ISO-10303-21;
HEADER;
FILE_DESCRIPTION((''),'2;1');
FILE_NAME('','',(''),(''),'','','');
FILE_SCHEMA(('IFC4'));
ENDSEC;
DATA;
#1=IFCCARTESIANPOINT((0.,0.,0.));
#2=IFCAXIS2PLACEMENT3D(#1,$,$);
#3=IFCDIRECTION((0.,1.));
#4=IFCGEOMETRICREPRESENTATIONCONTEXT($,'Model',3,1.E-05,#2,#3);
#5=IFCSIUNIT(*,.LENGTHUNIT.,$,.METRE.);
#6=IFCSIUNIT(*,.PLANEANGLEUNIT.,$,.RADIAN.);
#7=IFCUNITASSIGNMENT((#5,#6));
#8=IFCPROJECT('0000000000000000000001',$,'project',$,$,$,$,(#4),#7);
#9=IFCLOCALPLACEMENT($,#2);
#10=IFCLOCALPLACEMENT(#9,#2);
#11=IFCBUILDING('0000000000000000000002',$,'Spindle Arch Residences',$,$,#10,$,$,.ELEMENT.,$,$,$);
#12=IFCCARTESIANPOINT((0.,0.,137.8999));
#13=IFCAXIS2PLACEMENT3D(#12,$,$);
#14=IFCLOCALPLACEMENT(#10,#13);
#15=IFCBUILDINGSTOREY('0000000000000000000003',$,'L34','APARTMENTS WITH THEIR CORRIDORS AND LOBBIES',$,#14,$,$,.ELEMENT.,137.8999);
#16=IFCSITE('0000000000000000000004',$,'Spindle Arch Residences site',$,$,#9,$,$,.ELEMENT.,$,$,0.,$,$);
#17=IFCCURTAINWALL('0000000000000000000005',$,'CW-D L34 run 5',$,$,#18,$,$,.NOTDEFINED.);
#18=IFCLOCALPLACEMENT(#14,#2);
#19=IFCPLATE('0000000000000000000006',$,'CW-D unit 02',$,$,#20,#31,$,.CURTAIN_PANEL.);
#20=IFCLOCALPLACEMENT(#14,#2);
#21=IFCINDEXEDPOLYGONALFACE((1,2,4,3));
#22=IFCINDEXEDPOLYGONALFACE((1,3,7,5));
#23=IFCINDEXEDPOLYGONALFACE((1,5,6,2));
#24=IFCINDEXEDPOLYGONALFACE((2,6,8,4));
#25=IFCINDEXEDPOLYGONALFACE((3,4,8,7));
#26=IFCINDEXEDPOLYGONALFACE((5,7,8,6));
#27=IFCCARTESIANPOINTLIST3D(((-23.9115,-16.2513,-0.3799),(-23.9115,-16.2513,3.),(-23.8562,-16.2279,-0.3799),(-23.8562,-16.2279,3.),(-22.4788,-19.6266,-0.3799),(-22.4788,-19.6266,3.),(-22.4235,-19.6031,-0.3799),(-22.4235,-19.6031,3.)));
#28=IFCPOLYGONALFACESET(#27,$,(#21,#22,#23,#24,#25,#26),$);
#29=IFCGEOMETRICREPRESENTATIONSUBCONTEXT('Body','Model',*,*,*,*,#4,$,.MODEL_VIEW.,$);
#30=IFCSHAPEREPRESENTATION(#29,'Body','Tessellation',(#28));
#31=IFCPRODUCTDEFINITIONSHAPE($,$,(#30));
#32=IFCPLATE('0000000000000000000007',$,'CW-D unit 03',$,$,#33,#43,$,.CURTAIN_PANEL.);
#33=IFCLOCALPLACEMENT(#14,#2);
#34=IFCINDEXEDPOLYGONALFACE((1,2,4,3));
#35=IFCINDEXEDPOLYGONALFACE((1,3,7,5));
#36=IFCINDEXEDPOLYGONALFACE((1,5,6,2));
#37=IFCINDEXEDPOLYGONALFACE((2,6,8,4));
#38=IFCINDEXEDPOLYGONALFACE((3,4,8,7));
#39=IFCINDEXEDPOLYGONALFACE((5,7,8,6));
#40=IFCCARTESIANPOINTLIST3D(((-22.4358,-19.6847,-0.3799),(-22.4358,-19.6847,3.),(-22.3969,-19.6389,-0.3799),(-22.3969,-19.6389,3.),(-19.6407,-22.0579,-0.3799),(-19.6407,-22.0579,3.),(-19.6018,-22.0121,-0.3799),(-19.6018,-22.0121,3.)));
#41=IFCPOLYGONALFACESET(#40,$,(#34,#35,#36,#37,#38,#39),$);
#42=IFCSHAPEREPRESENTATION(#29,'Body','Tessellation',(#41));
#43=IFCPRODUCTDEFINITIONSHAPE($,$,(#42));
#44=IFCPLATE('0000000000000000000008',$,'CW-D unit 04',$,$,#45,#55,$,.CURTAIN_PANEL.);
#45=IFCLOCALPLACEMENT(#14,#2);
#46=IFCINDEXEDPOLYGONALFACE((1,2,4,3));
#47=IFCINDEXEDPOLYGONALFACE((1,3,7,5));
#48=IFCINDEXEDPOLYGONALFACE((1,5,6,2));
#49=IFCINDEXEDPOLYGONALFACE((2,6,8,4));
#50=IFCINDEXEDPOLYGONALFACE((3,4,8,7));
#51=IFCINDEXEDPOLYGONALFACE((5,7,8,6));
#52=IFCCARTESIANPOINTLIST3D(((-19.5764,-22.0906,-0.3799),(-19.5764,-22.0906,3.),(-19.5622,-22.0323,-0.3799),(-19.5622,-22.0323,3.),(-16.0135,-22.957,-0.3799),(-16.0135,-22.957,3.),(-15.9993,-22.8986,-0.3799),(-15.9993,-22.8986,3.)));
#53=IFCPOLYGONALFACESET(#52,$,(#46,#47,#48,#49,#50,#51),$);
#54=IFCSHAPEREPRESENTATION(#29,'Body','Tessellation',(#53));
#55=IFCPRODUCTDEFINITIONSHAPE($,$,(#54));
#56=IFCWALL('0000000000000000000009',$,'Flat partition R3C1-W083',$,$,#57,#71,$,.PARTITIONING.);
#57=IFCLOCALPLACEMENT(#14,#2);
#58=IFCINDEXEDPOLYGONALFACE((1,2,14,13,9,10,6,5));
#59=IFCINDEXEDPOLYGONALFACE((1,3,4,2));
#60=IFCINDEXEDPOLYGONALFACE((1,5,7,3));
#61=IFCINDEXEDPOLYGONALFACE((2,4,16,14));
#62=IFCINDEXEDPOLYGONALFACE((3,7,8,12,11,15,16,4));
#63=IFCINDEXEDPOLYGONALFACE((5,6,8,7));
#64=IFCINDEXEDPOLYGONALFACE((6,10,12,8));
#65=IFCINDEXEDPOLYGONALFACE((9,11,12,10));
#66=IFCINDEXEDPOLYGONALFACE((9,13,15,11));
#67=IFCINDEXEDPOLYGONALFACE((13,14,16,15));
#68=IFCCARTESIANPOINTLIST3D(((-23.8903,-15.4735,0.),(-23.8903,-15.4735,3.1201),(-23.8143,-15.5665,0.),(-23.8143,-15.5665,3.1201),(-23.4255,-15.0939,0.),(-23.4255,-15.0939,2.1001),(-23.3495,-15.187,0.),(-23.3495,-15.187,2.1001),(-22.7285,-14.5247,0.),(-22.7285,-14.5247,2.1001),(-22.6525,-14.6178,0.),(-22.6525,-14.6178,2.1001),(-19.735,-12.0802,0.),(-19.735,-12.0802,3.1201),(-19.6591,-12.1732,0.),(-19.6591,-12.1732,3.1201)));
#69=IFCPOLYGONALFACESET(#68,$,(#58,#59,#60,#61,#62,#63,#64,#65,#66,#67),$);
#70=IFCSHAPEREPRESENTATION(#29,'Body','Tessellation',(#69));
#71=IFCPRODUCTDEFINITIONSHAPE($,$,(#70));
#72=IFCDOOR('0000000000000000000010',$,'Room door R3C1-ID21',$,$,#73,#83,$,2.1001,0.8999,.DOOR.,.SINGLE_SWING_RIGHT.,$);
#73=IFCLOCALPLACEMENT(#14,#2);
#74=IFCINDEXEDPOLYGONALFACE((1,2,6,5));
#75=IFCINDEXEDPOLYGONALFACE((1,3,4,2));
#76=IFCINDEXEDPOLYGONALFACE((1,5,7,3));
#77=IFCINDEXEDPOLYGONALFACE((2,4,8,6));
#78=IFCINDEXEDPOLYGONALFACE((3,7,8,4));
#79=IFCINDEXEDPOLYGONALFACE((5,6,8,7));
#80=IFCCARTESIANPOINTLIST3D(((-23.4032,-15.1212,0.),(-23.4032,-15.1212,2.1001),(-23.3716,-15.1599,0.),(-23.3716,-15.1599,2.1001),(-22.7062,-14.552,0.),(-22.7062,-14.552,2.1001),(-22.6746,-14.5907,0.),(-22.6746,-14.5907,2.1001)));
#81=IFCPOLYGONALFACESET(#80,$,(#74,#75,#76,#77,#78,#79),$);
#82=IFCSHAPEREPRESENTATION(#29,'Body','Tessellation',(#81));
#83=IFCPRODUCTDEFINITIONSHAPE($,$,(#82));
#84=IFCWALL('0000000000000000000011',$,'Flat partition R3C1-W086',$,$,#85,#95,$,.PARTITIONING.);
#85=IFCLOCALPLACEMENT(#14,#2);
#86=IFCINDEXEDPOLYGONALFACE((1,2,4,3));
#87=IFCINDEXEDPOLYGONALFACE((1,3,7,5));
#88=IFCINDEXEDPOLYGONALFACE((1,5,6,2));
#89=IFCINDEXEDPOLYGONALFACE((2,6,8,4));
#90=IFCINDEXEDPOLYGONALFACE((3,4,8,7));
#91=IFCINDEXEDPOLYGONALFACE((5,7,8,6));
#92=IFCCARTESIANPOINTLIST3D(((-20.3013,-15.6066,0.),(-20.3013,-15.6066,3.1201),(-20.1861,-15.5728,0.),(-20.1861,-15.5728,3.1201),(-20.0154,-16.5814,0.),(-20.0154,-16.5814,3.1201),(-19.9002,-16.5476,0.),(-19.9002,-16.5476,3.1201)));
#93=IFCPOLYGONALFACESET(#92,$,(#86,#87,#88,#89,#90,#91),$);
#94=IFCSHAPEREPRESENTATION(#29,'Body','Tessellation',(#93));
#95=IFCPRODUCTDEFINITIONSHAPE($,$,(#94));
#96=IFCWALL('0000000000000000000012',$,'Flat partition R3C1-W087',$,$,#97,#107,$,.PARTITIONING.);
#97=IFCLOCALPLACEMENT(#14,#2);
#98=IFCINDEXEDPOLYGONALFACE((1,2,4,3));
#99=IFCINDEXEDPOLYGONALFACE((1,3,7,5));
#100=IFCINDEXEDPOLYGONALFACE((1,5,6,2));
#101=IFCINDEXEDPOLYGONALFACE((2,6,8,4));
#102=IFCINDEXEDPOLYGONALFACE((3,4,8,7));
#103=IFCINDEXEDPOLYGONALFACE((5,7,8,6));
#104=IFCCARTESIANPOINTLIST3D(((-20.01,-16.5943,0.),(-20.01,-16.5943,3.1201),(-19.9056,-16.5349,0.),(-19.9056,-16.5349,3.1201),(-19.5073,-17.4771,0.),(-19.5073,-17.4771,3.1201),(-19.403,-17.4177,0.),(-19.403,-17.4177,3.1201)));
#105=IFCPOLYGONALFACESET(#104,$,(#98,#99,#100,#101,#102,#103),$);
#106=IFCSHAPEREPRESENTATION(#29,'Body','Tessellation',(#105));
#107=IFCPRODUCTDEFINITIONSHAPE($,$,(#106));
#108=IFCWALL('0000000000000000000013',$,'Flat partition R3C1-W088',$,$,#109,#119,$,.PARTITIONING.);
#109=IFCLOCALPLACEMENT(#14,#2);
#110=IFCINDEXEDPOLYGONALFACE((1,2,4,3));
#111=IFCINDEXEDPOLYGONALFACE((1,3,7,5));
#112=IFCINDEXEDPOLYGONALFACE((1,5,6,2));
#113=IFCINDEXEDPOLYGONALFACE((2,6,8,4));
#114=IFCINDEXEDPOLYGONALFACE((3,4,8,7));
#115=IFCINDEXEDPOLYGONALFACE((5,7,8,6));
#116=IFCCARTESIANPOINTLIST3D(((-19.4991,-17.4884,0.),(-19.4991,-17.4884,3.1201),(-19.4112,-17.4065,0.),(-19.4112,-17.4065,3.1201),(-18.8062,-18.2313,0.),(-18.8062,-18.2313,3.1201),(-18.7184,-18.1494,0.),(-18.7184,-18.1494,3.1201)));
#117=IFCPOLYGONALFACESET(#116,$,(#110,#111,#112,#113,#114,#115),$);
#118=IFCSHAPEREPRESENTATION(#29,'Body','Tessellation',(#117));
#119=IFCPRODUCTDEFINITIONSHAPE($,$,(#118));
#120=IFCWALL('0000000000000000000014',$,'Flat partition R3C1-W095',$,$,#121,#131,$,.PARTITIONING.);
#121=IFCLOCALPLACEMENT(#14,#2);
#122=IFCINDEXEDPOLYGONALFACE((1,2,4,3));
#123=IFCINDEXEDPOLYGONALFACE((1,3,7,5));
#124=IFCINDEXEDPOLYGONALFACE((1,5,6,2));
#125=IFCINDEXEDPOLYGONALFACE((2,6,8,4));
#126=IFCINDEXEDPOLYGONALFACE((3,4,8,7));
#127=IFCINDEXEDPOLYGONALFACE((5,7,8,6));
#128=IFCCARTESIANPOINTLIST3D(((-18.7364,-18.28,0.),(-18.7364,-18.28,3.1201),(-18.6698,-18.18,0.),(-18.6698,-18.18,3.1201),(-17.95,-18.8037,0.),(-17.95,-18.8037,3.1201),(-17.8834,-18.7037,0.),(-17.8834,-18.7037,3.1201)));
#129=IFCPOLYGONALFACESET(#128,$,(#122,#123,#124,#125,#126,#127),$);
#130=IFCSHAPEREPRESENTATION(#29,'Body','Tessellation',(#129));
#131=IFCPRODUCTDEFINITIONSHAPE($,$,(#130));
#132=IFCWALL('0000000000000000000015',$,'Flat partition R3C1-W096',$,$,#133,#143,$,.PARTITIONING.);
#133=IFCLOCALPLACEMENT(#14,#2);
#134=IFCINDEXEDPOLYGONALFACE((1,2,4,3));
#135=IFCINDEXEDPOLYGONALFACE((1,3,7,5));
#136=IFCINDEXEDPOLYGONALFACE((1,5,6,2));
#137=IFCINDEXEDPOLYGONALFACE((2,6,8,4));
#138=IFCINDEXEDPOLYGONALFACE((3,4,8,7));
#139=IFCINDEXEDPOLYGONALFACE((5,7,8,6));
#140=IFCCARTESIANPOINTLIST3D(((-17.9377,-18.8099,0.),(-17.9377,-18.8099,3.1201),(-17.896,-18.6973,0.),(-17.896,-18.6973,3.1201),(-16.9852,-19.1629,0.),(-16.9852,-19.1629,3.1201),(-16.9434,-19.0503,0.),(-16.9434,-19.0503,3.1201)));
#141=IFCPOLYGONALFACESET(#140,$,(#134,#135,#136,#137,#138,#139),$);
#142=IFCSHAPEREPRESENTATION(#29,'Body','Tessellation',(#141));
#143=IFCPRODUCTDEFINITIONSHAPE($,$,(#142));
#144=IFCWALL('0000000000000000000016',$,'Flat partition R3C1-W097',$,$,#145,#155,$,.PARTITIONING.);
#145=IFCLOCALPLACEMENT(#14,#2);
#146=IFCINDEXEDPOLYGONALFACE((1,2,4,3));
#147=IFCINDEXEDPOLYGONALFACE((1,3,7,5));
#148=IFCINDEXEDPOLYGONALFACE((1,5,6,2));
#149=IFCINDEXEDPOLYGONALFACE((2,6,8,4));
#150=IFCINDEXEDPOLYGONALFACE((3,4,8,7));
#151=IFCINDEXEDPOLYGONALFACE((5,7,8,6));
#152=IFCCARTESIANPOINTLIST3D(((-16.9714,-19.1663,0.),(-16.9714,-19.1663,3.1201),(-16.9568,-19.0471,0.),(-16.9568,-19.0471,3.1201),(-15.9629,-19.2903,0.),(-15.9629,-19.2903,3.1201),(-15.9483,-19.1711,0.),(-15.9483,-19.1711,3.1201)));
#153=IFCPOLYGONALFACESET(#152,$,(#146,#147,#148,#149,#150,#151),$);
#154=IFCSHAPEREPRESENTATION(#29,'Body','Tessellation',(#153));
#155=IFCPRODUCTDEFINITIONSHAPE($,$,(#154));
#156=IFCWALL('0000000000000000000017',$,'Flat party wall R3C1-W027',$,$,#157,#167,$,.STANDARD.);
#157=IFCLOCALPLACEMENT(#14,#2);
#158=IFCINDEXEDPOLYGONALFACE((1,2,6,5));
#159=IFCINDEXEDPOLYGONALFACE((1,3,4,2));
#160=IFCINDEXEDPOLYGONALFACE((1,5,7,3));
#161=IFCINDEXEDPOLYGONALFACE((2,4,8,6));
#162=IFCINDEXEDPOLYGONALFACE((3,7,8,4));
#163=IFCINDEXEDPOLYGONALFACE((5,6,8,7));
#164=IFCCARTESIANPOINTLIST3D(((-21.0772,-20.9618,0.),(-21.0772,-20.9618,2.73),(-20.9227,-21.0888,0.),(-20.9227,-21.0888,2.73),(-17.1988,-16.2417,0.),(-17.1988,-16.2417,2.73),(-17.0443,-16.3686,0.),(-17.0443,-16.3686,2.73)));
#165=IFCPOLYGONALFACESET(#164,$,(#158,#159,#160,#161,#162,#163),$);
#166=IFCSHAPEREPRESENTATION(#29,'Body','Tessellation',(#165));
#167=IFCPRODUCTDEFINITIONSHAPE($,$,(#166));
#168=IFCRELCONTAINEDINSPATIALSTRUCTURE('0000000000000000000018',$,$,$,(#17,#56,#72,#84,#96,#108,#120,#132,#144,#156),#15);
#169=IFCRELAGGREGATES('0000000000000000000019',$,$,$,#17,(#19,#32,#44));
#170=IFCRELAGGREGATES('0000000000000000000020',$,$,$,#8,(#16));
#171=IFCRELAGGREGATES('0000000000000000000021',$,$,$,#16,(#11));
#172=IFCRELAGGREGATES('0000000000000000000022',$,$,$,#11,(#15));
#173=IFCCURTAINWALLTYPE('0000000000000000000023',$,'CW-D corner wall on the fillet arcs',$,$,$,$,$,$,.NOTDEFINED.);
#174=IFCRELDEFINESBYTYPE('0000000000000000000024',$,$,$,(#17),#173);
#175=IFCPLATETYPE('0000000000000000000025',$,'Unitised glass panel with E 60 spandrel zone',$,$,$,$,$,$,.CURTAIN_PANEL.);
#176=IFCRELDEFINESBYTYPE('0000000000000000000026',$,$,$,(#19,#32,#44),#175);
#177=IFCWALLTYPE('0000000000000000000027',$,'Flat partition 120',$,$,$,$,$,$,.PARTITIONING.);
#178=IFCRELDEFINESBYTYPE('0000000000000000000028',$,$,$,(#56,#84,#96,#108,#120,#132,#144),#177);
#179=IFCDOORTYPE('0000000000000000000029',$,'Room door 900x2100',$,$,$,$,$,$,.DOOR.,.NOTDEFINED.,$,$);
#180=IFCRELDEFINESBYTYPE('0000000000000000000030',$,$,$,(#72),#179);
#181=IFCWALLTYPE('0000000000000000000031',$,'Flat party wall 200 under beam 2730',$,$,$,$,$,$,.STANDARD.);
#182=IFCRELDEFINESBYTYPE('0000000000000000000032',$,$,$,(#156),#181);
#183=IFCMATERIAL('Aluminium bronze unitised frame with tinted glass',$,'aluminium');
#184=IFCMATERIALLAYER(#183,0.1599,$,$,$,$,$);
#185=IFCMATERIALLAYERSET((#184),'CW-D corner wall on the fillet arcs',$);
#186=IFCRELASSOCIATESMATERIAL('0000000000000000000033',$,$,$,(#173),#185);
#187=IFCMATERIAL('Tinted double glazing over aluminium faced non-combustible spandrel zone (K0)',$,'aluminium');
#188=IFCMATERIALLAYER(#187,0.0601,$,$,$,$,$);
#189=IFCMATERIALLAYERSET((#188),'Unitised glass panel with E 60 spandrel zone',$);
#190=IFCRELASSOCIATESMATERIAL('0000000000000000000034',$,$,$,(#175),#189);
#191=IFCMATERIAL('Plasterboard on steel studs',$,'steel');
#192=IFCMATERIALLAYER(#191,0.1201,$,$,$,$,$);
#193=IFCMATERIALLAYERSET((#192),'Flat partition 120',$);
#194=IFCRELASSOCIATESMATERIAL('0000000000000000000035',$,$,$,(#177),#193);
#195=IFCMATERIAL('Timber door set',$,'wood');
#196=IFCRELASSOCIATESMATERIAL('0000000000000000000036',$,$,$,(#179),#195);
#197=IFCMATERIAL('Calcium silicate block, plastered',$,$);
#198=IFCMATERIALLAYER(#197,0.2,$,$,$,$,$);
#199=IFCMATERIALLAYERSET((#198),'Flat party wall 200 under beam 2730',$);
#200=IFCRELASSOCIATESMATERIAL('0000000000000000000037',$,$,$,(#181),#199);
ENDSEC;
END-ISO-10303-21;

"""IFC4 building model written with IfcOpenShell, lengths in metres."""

from ifc_helpers import new_model, si_unit, direction, frame, frame_2d, origin, origin_2d, place, context, subcontext, project, spatial, rectangle, extrude, material, layer, layer_set, type_object, element, fill, aggregate, save


model = new_model("IFC4")

# Units and contexts
model_context = context("Model", 3, precision=1e-05, world=origin(), true_north=direction((0.0, 1.0)))
body_context = subcontext(model_context, "Body", "Model", "MODEL_VIEW")
ifc_project = project(units=[si_unit("LENGTHUNIT", "METRE"), si_unit("PLANEANGLEUNIT", "RADIAN")], contexts=[model_context])

# Site, building, storey
site_placement = place(None, origin())
site = spatial("IfcSite", under=ifc_project, at=site_placement, Name="Spindle Arch Residences site", CompositionType="ELEMENT", RefElevation=0.0)
building_placement = place(site_placement, origin())
building = spatial("IfcBuilding", under=site, at=building_placement, Name="Spindle Arch Residences", CompositionType="ELEMENT")
storey_placement = place(building_placement, frame((0.0, 0.0, 137.8999)))
storey = spatial("IfcBuildingStorey", under=building, at=storey_placement, Name="L34", Description="APARTMENTS WITH THEIR CORRIDORS AND LOBBIES", CompositionType="ELEMENT", Elevation=137.8999)

# Curtain wall
ifc_material_1 = material(Name="Aluminium bronze unitised frame with tinted glass", Category="aluminium")
ifc_layer_1 = layer(ifc_material_1, 0.1599)
ifc_layer_set_1 = layer_set([ifc_layer_1], Name="CW-D corner wall on the fillet arcs")
curtain_wall_type = type_object("IfcCurtainWallType", Name="CW-D corner wall on the fillet arcs", PredefinedType="NOTDEFINED", material=ifc_layer_set_1)
curtain_wall_placement = place(storey_placement, origin())
curtain_wall = element("IfcCurtainWall", 1, at=curtain_wall_placement, inside=storey, type_object=curtain_wall_type, Name="CW-D L34 run 5", PredefinedType="NOTDEFINED")

# Plates
ifc_material_2 = material(Name="Tinted double glazing over aluminium faced non-combustible spandrel zone (K0)", Category="aluminium")
ifc_layer_2 = layer(ifc_material_2, 0.0601)
ifc_layer_set_2 = layer_set([ifc_layer_2], Name="Unitised glass panel with E 60 spandrel zone")
plate_type = type_object("IfcPlateType", Name="Unitised glass panel with E 60 spandrel zone", PredefinedType="CURTAIN_PANEL", material=ifc_layer_set_2)
plate_1_placement = place(storey_placement, frame((-23.1675, -17.9272, -0.3799), z_axis=(0.0, 0.0, 1.0), x_axis=(0.390731, -0.920505, 0.0)))
plate_1 = element("IfcPlate", 2, at=plate_1_placement, type_object=plate_type, Name="CW-D unit 02", PredefinedType="CURTAIN_PANEL", context=body_context, shape_type="SweptSolid", body=[
    extrude(rectangle(XDim=3.6667, YDim=0.0601, at=origin_2d()), origin(), (0.0, 0.0, 1.0), 3.3799),
])
plate_2_placement = place(storey_placement, frame((-21.0188, -20.8484, -0.3799), z_axis=(0.0, 0.0, 1.0), x_axis=(0.762292, -0.647233, 0.0)))
plate_2 = element("IfcPlate", 3, at=plate_2_placement, type_object=plate_type, Name="CW-D unit 03", PredefinedType="CURTAIN_PANEL", context=body_context, shape_type="SweptSolid", body=[
    extrude(rectangle(XDim=3.6667, YDim=0.0601, at=origin_2d()), origin(), (0.0, 0.0, 1.0), 3.3799),
])
plate_3_placement = place(storey_placement, frame((-17.7878, -22.4946, -0.3799), z_axis=(0.0, 0.0, 1.0), x_axis=(0.971687, -0.236273, 0.0)))
plate_3 = element("IfcPlate", 4, at=plate_3_placement, type_object=plate_type, Name="CW-D unit 04", PredefinedType="CURTAIN_PANEL", context=body_context, shape_type="SweptSolid", body=[
    extrude(rectangle(XDim=3.6667, YDim=0.0601, at=origin_2d()), origin(), (0.0, 0.0, 1.0), 3.3799),
])
aggregate(curtain_wall, [plate_1, plate_2, plate_3])

# Wall, opening, door
ifc_material_3 = material(Name="Plasterboard on steel studs", Category="steel")
ifc_layer_3 = layer(ifc_material_3, 0.1201)
ifc_layer_set_3 = layer_set([ifc_layer_3], Name="Flat partition 120")
wall_type_1 = type_object("IfcWallType", Name="Flat partition 120", PredefinedType="PARTITIONING", material=ifc_layer_set_3)
wall_1_placement = place(storey_placement, frame((-23.8523, -15.52, 0.0), z_axis=(0.0, 0.0, 1.0), x_axis=(0.774547, 0.632516, 0.0)))
wall_1 = element("IfcWall", 5, at=wall_1_placement, inside=storey, type_object=wall_type_1, Name="Flat partition R3C1-W083", PredefinedType="PARTITIONING", context=body_context, shape_type="SweptSolid", body=[
    extrude(rectangle(XDim=5.3647, YDim=0.1201, at=frame_2d((2.6824, 0.0))), origin(), (0.0, 0.0, 1.0), 3.1201),
])
opening_placement = place(wall_1_placement, frame((0.6001, 0.0, 0.0)))
opening = element("IfcOpeningElement", 6, at=opening_placement, cuts=wall_1, PredefinedType="OPENING", context=body_context, shape_type="SweptSolid", body=[
    extrude(rectangle(XDim=0.8999, YDim=2.1001, at=frame_2d((0.45, 1.05))), frame((0.0, 0.0701, 0.0), z_axis=(0.0, -1.0, 0.0), x_axis=(1.0, 0.0, 0.0)), (0.0, 0.0, 1.0), 0.1401),
])
ifc_material_4 = material(Name="Timber door set", Category="wood")
door_type = type_object("IfcDoorType", Name="Room door 900x2100", OperationType="NOTDEFINED", PredefinedType="DOOR", material=ifc_material_4)
door_placement = place(opening_placement, origin())
door = element("IfcDoor", 7, at=door_placement, inside=storey, type_object=door_type, Name="Room door R3C1-ID21", OperationType="SINGLE_SWING_RIGHT", OverallHeight=2.1001, OverallWidth=0.8999, PredefinedType="DOOR", context=body_context, shape_type="SweptSolid", body=[
    extrude(rectangle(XDim=0.8999, YDim=2.1001, at=frame_2d((0.45, 1.05))), frame((0.0, 0.0249, 0.0), z_axis=(0.0, -1.0, 0.0), x_axis=(1.0, 0.0, 0.0)), (0.0, 0.0, 1.0), 0.05),
])
fill(opening, door)

# Walls
for number, where, z_axis, x_axis, name in (
    (8, (-20.2437, -15.5898, 0.0), (0.0, 0.0, 1.0), (0.281412, -0.959587, 0.0), "Flat partition R3C1-W086"),
    (9, (-19.9578, -16.5647, 0.0), (0.0, 0.0, 1.0), (0.494818, -0.868996, 0.0), "Flat partition R3C1-W087"),
    (10, (-19.4551, -17.4475, 0.0), (0.0, 0.0, 1.0), (0.682044, -0.731311, 0.0), "Flat partition R3C1-W088"),
):
    element("IfcWall", number, at=place(storey_placement, frame(where, z_axis=z_axis, x_axis=x_axis)), inside=storey, type_object=wall_type_1, Name=name, PredefinedType="PARTITIONING", context=body_context, shape_type="SweptSolid", body=[
        extrude(rectangle(XDim=1.0159, YDim=0.1201, at=frame_2d((0.5078, 0.0))), origin(), (0.0, 0.0, 1.0), 3.1201),
    ])
wall_2_placement = place(storey_placement, frame((-18.7031, -18.23, 0.0), z_axis=(0.0, 0.0, 1.0), x_axis=(0.832328, -0.554283, 0.0)))
element("IfcWall", 11, at=wall_2_placement, inside=storey, type_object=wall_type_1, Name="Flat partition R3C1-W095", PredefinedType="PARTITIONING", context=body_context, shape_type="SweptSolid", body=[
    extrude(rectangle(XDim=0.9448, YDim=0.1201, at=frame_2d((0.4724, 0.0))), origin(), (0.0, 0.0, 1.0), 3.1201),
])
wall_3_placement = place(storey_placement, frame((-17.9167, -18.7537, 0.0), z_axis=(0.0, 0.0, 1.0), x_axis=(0.937685, -0.347487, 0.0)))
element("IfcWall", 12, at=wall_3_placement, inside=storey, type_object=wall_type_1, Name="Flat partition R3C1-W096", PredefinedType="PARTITIONING", context=body_context, shape_type="SweptSolid", body=[
    extrude(rectangle(XDim=1.0159, YDim=0.1201, at=frame_2d((0.5078, 0.0))), origin(), (0.0, 0.0, 1.0), 3.1201),
])
wall_4_placement = place(storey_placement, frame((-16.9641, -19.1067, 0.0), z_axis=(0.0, 0.0, 1.0), x_axis=(0.992524, -0.122053, 0.0)))
element("IfcWall", 13, at=wall_4_placement, inside=storey, type_object=wall_type_1, Name="Flat partition R3C1-W097", PredefinedType="PARTITIONING", context=body_context, shape_type="SweptSolid", body=[
    extrude(rectangle(XDim=1.0161, YDim=0.1201, at=frame_2d((0.5081, 0.0))), origin(), (0.0, 0.0, 1.0), 3.1201),
])
ifc_material_5 = material(Name="Calcium silicate block, plastered")
ifc_layer_4 = layer(ifc_material_5, 0.2)
ifc_layer_set_4 = layer_set([ifc_layer_4], Name="Flat party wall 200 under beam 2730")
wall_type_2 = type_object("IfcWallType", Name="Flat party wall 200 under beam 2730", PredefinedType="STANDARD", material=ifc_layer_set_4)
wall_5_placement = place(storey_placement, frame((-21.0, -21.0254, 0.0), z_axis=(0.0, 0.0, 1.0), x_axis=(0.634847, 0.772638, 0.0)))
element("IfcWall", 14, at=wall_5_placement, inside=storey, type_object=wall_type_2, Name="Flat party wall R3C1-W027", PredefinedType="STANDARD", context=body_context, shape_type="SweptSolid", body=[
    extrude(rectangle(XDim=6.1091, YDim=0.2, at=frame_2d((3.0547, 0.0))), origin(), (0.0, 0.0, 1.0), 2.73),
])

save(model, "model.ifc")
